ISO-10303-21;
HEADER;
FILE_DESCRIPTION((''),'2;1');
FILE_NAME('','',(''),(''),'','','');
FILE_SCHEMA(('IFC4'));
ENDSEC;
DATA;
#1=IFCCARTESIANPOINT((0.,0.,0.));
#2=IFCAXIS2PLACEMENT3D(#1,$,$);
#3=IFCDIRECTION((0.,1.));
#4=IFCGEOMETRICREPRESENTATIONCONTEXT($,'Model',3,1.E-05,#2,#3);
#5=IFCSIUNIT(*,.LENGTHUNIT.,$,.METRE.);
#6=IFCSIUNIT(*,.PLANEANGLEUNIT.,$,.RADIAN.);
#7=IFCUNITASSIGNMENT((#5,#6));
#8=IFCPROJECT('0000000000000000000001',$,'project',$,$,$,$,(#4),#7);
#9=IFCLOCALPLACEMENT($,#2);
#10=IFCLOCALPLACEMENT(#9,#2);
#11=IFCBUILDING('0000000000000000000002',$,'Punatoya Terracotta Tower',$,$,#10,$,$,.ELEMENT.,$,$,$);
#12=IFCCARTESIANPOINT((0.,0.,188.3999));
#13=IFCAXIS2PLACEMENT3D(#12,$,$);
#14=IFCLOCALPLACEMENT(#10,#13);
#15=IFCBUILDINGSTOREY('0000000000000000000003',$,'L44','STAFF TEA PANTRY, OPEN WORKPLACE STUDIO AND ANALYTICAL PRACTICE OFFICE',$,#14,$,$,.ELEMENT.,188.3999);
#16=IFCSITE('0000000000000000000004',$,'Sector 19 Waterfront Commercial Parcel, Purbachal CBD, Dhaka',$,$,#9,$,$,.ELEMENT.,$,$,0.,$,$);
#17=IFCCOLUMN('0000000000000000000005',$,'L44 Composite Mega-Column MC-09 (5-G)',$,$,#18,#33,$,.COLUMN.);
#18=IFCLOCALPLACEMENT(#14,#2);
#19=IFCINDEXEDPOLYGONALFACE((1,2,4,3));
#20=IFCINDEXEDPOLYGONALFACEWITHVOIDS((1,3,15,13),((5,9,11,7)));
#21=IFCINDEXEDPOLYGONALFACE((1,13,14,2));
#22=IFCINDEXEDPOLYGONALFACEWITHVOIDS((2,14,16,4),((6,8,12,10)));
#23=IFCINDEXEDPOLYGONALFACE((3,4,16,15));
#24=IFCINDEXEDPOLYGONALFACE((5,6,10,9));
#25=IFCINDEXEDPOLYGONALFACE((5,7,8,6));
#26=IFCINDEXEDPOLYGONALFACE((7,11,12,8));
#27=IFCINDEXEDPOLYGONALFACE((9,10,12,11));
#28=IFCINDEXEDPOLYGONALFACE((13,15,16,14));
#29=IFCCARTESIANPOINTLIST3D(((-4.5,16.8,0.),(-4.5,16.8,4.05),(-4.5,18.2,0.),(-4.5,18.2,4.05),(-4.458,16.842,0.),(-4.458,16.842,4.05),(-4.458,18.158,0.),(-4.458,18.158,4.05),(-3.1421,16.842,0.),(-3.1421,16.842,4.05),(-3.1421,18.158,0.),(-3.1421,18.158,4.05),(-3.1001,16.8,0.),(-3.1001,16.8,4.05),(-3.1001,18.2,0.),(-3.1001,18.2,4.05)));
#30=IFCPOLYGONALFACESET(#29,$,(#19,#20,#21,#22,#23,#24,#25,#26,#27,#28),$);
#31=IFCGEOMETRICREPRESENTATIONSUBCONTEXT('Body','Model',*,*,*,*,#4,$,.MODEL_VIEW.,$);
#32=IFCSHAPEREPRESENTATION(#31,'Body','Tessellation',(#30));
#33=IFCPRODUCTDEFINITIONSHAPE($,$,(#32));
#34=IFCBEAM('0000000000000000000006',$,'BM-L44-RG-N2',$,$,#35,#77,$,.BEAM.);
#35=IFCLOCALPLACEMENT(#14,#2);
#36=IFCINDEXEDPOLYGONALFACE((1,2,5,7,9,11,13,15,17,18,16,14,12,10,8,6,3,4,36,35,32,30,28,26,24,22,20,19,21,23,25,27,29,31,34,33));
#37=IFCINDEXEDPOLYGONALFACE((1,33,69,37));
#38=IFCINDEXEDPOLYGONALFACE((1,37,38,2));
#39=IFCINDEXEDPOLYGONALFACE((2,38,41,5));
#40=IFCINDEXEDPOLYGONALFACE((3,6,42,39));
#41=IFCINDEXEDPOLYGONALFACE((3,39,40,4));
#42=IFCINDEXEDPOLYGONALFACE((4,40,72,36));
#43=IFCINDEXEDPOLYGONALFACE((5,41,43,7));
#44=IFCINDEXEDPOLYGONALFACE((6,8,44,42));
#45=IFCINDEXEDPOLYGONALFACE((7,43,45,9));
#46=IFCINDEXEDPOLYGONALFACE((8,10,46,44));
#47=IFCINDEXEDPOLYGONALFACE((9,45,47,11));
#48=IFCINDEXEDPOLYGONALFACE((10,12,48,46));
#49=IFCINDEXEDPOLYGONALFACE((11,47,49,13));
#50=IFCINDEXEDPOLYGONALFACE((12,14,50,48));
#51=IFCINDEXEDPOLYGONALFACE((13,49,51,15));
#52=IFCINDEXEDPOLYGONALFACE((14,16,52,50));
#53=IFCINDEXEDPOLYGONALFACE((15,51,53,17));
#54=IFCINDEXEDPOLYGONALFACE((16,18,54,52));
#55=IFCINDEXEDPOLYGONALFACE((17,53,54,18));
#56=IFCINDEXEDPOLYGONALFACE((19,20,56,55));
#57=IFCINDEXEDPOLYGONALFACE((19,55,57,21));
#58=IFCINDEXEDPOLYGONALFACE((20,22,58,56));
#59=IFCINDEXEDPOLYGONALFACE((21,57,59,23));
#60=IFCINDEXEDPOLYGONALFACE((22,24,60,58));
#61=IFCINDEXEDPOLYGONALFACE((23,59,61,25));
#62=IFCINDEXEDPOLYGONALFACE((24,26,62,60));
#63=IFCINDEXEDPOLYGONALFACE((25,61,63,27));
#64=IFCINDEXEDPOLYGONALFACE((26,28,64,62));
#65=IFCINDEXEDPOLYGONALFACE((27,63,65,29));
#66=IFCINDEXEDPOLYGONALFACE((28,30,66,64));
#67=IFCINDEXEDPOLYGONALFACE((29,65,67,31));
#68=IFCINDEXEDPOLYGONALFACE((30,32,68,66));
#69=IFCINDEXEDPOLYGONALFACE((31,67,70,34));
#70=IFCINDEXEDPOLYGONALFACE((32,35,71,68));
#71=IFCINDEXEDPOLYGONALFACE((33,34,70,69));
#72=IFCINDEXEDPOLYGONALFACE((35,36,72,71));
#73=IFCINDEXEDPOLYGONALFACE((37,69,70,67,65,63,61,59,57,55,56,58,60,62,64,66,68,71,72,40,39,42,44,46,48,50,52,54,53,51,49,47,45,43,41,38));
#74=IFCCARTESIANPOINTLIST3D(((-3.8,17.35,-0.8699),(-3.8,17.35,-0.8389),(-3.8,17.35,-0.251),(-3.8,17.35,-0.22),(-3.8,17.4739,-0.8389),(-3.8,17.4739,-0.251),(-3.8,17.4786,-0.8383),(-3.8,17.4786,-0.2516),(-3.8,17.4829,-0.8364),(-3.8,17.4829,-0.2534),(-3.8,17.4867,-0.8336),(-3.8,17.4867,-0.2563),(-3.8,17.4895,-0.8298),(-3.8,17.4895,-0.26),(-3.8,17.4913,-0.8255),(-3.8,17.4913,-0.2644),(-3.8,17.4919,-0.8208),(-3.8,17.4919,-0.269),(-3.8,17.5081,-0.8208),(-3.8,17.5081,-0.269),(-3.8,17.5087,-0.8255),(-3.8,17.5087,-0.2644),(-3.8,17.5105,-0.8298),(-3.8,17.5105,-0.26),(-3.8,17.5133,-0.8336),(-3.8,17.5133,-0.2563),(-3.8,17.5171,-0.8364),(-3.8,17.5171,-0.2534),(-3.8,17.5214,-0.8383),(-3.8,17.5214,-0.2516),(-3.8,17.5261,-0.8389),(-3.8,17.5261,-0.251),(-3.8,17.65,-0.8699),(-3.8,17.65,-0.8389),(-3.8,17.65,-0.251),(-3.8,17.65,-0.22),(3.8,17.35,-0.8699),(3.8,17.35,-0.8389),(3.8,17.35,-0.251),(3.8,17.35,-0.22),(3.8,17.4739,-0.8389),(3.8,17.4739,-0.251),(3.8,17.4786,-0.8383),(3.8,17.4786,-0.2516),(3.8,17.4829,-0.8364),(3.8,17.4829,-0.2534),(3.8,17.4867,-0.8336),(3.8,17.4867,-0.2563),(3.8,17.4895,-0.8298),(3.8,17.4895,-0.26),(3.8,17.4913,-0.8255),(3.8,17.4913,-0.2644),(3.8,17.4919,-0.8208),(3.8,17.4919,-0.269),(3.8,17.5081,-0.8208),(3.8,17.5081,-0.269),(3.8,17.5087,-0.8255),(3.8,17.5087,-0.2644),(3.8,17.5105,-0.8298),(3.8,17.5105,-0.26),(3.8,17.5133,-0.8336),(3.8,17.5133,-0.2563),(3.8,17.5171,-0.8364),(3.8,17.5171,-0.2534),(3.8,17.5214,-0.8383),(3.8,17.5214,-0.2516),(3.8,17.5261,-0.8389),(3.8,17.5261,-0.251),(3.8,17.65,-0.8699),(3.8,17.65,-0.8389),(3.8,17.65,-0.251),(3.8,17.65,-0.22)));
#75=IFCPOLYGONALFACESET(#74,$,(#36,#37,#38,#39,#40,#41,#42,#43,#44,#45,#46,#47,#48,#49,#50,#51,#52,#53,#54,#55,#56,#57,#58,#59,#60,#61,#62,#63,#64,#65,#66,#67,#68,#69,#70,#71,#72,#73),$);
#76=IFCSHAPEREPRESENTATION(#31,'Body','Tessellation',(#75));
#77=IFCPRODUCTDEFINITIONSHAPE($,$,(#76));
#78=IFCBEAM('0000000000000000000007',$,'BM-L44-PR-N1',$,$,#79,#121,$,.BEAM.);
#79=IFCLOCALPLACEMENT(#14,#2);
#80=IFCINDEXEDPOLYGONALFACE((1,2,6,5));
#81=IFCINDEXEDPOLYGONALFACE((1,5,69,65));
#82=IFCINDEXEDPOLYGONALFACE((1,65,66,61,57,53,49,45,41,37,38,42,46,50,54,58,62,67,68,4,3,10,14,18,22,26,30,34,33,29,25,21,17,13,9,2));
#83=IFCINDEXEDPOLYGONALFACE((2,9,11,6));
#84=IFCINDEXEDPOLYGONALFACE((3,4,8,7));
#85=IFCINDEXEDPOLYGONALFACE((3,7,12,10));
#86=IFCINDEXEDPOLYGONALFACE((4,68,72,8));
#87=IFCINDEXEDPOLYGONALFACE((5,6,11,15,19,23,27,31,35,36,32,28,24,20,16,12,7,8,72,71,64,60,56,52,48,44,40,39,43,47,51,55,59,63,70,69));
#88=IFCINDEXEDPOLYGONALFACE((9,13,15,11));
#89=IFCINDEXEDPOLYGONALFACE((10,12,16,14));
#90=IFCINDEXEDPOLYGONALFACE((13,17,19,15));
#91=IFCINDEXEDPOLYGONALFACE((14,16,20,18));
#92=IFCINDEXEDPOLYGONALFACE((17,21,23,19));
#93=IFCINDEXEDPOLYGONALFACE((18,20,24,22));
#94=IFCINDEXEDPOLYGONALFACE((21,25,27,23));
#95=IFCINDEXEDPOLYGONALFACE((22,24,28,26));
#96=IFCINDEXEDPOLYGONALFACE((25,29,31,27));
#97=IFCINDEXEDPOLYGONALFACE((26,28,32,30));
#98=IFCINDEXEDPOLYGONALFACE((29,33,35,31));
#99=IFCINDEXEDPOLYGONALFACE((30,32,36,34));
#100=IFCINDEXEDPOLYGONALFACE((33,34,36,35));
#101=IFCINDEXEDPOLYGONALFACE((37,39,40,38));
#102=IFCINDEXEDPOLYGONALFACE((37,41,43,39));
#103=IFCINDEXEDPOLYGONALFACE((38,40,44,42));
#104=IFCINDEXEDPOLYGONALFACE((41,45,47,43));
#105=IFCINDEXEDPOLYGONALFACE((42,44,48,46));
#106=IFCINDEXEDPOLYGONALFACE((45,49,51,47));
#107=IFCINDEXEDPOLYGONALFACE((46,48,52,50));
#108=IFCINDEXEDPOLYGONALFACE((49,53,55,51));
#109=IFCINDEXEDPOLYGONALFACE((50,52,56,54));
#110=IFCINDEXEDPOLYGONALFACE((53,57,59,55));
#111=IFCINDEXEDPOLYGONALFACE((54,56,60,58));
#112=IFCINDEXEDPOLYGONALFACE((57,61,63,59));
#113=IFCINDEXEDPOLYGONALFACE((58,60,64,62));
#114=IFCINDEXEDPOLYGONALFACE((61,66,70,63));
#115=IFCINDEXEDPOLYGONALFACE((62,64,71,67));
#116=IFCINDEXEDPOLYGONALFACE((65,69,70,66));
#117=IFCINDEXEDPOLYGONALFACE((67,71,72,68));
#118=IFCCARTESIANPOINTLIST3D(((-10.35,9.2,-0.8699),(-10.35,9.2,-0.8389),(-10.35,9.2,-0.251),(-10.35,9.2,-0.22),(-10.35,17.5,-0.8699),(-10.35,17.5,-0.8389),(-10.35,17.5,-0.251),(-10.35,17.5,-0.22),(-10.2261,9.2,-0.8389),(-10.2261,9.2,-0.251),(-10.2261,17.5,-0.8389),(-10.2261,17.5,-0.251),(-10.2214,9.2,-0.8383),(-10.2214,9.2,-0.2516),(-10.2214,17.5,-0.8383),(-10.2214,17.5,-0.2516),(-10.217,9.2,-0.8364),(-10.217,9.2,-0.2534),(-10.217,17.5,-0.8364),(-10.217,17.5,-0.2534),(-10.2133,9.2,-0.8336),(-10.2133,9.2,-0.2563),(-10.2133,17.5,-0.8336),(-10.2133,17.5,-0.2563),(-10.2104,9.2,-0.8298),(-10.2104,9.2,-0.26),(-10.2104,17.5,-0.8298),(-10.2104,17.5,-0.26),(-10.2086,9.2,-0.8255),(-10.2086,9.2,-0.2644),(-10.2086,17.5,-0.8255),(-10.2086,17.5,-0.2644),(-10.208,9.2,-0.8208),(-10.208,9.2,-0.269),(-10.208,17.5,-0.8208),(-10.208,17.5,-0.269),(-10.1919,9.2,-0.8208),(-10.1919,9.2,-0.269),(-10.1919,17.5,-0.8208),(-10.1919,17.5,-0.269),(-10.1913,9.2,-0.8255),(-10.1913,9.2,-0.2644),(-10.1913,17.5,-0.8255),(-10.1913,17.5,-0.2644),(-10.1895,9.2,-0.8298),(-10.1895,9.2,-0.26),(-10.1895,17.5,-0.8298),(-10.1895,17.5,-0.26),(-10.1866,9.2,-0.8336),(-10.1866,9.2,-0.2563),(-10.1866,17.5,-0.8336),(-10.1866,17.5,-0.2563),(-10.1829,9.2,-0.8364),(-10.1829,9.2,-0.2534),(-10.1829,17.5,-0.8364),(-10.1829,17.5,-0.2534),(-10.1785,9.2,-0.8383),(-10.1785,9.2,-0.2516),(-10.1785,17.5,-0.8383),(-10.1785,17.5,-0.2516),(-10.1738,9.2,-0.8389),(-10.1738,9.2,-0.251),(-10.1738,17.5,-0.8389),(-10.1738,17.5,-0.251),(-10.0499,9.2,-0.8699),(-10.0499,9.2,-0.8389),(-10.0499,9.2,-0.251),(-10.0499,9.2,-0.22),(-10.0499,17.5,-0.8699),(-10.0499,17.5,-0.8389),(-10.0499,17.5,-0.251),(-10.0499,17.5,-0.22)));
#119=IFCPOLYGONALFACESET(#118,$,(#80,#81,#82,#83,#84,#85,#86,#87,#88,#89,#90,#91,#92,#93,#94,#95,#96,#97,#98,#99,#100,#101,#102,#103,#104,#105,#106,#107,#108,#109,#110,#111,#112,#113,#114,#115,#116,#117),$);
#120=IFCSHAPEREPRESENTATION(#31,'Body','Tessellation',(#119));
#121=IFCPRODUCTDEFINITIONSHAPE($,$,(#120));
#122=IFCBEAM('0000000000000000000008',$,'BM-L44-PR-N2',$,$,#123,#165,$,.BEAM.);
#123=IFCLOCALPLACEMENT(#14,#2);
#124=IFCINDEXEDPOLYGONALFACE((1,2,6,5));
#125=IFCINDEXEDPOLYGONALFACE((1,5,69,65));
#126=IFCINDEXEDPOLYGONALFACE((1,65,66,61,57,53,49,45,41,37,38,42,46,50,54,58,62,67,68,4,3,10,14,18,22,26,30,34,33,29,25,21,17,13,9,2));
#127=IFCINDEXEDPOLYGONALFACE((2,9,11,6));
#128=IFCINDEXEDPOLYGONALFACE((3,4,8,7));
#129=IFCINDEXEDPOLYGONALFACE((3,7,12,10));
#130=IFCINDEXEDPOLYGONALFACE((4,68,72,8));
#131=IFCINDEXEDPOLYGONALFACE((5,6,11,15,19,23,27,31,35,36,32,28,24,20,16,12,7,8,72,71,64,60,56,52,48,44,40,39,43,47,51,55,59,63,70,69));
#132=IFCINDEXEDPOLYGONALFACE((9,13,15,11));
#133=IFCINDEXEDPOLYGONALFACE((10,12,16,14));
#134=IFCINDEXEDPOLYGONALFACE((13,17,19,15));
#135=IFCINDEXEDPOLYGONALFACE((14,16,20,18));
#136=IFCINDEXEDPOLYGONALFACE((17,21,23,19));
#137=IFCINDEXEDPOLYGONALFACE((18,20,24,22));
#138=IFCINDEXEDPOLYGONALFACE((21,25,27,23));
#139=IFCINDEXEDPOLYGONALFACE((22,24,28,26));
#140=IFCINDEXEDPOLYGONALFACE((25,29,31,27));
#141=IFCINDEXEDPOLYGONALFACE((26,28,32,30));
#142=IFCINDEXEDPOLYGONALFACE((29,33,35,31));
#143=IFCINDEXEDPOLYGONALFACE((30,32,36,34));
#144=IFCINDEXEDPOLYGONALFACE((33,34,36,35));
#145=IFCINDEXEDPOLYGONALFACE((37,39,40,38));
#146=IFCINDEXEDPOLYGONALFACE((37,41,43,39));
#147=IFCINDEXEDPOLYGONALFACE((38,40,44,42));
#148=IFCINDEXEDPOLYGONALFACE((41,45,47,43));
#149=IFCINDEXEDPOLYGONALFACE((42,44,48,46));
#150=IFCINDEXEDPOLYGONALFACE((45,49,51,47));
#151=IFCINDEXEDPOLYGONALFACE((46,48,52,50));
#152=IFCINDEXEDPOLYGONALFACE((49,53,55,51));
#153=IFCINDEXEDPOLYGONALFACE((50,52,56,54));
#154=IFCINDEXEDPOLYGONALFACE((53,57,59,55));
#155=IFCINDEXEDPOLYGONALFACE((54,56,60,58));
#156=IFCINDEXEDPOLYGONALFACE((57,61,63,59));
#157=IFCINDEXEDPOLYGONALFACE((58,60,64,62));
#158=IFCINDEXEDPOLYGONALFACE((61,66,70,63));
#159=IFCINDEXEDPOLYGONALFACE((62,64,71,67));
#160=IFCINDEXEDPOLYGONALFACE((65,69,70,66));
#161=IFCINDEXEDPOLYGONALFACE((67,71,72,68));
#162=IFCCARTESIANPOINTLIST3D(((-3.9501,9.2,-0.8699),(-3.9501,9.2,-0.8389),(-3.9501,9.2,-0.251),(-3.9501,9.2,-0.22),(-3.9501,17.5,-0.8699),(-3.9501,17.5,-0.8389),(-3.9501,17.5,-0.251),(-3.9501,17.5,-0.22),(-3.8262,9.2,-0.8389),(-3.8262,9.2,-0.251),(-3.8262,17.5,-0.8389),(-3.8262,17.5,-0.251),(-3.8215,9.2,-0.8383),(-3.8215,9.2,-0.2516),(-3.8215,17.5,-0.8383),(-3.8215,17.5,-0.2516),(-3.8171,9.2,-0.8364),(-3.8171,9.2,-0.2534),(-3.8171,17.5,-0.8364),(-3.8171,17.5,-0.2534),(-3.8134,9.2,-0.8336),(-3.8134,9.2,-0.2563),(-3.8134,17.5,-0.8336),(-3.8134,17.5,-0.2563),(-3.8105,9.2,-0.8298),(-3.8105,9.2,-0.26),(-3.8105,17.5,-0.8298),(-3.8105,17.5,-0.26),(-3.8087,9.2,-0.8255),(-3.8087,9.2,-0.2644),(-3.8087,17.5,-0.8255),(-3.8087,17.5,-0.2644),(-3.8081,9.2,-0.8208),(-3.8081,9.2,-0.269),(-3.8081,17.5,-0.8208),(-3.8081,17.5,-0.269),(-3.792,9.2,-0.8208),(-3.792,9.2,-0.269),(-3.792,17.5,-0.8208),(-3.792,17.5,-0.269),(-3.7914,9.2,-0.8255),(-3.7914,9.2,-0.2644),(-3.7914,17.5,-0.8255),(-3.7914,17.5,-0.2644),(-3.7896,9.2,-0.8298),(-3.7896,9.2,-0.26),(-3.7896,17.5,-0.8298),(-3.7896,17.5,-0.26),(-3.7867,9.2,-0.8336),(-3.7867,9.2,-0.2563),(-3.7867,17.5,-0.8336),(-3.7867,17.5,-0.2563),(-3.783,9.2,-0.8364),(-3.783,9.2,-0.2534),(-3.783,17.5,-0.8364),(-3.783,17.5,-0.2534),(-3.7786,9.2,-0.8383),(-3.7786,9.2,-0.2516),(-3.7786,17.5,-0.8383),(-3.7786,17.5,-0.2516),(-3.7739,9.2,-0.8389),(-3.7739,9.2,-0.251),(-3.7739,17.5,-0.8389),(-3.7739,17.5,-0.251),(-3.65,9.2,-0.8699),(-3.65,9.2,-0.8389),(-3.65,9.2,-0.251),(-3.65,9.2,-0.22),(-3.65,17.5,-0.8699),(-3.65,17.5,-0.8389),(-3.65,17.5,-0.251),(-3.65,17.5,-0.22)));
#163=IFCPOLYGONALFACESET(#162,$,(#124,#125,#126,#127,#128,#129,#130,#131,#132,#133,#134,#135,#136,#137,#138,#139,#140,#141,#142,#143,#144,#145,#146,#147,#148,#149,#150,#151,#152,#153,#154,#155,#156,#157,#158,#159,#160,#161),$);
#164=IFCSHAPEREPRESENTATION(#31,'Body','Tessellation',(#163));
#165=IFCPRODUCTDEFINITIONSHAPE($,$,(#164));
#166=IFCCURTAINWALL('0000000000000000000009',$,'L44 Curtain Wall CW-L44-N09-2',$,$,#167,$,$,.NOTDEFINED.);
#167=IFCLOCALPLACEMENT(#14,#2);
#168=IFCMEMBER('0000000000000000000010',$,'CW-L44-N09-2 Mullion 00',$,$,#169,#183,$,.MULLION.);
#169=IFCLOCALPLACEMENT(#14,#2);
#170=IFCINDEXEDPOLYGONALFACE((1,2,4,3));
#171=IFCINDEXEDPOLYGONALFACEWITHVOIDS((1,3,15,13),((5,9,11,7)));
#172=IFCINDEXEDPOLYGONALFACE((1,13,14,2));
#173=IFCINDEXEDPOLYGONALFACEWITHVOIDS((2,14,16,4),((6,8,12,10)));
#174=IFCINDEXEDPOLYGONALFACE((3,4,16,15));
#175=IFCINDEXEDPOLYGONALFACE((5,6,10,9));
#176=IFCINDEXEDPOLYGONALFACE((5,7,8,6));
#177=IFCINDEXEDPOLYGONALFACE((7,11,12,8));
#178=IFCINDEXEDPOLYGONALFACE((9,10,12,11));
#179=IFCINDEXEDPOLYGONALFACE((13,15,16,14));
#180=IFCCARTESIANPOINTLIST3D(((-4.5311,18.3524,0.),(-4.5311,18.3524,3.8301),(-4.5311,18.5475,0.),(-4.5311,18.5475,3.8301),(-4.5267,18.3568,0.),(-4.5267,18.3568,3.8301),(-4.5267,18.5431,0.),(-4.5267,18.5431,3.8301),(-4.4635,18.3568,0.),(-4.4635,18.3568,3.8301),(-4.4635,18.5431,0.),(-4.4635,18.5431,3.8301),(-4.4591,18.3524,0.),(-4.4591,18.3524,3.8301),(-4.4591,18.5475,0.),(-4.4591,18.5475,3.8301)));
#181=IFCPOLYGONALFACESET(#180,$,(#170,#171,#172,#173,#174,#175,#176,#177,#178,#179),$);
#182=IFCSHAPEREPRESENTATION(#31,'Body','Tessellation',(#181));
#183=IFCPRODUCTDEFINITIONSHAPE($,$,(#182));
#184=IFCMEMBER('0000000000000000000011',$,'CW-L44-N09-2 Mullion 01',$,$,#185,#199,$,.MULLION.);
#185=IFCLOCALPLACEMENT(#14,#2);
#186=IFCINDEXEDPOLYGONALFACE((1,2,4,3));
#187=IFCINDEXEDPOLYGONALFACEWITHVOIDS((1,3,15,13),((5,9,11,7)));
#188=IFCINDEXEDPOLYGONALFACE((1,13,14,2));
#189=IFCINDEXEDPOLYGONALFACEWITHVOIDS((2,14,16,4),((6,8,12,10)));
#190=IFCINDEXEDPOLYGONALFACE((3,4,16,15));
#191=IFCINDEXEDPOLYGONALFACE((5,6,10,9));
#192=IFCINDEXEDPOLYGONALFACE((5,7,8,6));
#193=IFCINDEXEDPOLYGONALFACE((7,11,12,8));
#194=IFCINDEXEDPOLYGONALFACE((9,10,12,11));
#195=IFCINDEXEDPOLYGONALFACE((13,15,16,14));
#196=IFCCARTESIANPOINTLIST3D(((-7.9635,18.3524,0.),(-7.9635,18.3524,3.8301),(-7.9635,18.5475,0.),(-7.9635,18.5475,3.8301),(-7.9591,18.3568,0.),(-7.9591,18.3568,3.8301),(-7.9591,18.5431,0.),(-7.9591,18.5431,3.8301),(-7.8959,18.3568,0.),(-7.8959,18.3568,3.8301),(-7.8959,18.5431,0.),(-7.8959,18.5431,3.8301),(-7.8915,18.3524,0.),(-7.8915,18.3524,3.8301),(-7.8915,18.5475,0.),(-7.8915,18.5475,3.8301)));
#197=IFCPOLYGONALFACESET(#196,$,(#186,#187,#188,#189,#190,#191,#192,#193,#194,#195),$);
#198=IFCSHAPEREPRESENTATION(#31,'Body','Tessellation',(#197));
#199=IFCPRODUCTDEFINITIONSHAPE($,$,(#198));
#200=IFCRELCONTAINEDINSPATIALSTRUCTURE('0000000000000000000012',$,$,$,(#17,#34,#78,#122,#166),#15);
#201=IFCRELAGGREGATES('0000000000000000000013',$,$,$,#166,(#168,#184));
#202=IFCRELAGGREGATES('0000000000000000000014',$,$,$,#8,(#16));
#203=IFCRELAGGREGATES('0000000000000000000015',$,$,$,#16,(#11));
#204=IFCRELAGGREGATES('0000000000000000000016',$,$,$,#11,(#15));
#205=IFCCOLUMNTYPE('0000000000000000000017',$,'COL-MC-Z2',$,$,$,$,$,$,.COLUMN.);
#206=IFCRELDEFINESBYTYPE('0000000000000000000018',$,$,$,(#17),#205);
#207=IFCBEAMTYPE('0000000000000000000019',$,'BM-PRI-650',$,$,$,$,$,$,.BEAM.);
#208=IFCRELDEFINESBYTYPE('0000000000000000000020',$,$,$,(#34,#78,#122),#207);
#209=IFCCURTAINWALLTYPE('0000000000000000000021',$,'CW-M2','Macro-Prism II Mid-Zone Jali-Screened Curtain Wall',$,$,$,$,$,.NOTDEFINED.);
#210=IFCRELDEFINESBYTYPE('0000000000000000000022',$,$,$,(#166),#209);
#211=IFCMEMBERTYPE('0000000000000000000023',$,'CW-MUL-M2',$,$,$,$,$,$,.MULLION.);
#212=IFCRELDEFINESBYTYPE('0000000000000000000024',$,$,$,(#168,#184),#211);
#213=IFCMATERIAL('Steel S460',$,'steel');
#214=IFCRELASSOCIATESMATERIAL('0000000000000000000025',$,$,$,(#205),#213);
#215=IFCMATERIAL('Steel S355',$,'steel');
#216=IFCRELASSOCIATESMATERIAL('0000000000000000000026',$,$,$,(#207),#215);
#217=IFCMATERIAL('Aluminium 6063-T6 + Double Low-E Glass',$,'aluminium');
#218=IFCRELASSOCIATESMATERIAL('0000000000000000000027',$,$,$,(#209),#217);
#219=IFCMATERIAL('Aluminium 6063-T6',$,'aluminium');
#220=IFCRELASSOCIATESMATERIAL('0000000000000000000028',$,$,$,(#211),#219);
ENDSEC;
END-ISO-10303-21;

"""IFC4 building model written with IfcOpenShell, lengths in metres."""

from ifc_helpers import new_model, si_unit, direction, frame, origin, origin_2d, place, context, subcontext, project, spatial, hollow_rectangle, i_section, extrude, material, material_profile, profile_set, type_object, element, aggregate, save


model = new_model("IFC4")

# Units and contexts
model_context = context("Model", 3, precision=1e-05, world=origin(), true_north=direction((0.0, 1.0)))
body_context = subcontext(model_context, "Body", "Model", "MODEL_VIEW")
ifc_project = project(units=[si_unit("LENGTHUNIT", "METRE"), si_unit("PLANEANGLEUNIT", "RADIAN")], contexts=[model_context])

# Site, building, storey
site_placement = place(None, origin())
site = spatial("IfcSite", under=ifc_project, at=site_placement, Name="Sector 19 Waterfront Commercial Parcel, Purbachal CBD, Dhaka", CompositionType="ELEMENT", RefElevation=0.0)
building_placement = place(site_placement, origin())
building = spatial("IfcBuilding", under=site, at=building_placement, Name="Punatoya Terracotta Tower", CompositionType="ELEMENT")
storey_placement = place(building_placement, frame((0.0, 0.0, 188.3999)))
storey = spatial("IfcBuildingStorey", under=building, at=storey_placement, Name="L44", Description="STAFF TEA PANTRY, OPEN WORKPLACE STUDIO AND ANALYTICAL PRACTICE OFFICE", CompositionType="ELEMENT", Elevation=188.3999)

# Column
ifc_material_1 = material(Name="Steel S460", Category="steel")
ifc_material_profile_1 = material_profile(ifc_material_1, hollow_rectangle(XDim=1.3999, YDim=1.3999, WallThickness=0.042, at=origin_2d()))
ifc_profile_set_1 = profile_set([ifc_material_profile_1], Name="Steel S460")
column_type = type_object("IfcColumnType", Name="COL-MC-Z2", PredefinedType="COLUMN", material=ifc_profile_set_1)
column_placement = place(storey_placement, frame((-3.8, 17.5, 0.0), z_axis=(0.0, 0.0, 1.0), x_axis=(1.0, 0.0, 0.0)))
element("IfcColumn", 1, at=column_placement, inside=storey, type_object=column_type, Name="L44 Composite Mega-Column MC-09 (5-G)", PredefinedType="COLUMN", context=body_context, shape_type="SweptSolid", body=[
    extrude(hollow_rectangle(XDim=1.3999, YDim=1.3999, WallThickness=0.042, at=origin_2d()), origin(), (0.0, 0.0, 1.0), 4.05),
])

# Beams
ifc_material_2 = material(Name="Steel S355", Category="steel")
ifc_material_profile_2 = material_profile(ifc_material_2, i_section(OverallWidth=0.3, OverallDepth=0.6499, WebThickness=0.0161, FlangeThickness=0.031, FilletRadius=0.0181, at=origin_2d()))
ifc_profile_set_2 = profile_set([ifc_material_profile_2], Name="Steel S355")
beam_type = type_object("IfcBeamType", Name="BM-PRI-650", PredefinedType="BEAM", material=ifc_profile_set_2)
beam_placement = place(storey_placement, frame((-3.8, 17.5, -0.5449), z_axis=(1.0, 0.0, 0.0), x_axis=(0.0, 1.0, 0.0)))
element("IfcBeam", 2, at=beam_placement, inside=storey, type_object=beam_type, Name="BM-L44-RG-N2", PredefinedType="BEAM", context=body_context, shape_type="SweptSolid", body=[
    extrude(i_section(OverallWidth=0.3, OverallDepth=0.6499, WebThickness=0.0161, FlangeThickness=0.031, FilletRadius=0.0181, at=origin_2d()), origin(), (0.0, 0.0, 1.0), 7.6001),
])
for number, where, z_axis, x_axis, name in (
    (3, (-10.2, 9.2, -0.5449), (0.0, 1.0, 0.0), (-1.0, 0.0, 0.0), "BM-L44-PR-N1"),
    (4, (-3.8, 9.2, -0.5449), (0.0, 1.0, 0.0), (-1.0, 0.0, 0.0), "BM-L44-PR-N2"),
):
    element("IfcBeam", number, at=place(storey_placement, frame(where, z_axis=z_axis, x_axis=x_axis)), inside=storey, type_object=beam_type, Name=name, PredefinedType="BEAM", context=body_context, shape_type="SweptSolid", body=[
        extrude(i_section(OverallWidth=0.3, OverallDepth=0.6499, WebThickness=0.0161, FlangeThickness=0.031, FilletRadius=0.0181, at=origin_2d()), origin(), (0.0, 0.0, 1.0), 8.3),
    ])

# Curtain wall, members
ifc_material_3 = material(Name="Aluminium 6063-T6 + Double Low-E Glass", Category="aluminium")
curtain_wall_type = type_object("IfcCurtainWallType", Name="CW-M2", Description="Macro-Prism II Mid-Zone Jali-Screened Curtain Wall", PredefinedType="NOTDEFINED", material=ifc_material_3)
curtain_wall_placement = place(storey_placement, origin())
curtain_wall = element("IfcCurtainWall", 5, at=curtain_wall_placement, inside=storey, type_object=curtain_wall_type, Name="L44 Curtain Wall CW-L44-N09-2", PredefinedType="NOTDEFINED")
ifc_material_4 = material(Name="Aluminium 6063-T6", Category="aluminium")
ifc_material_profile_3 = material_profile(ifc_material_4, hollow_rectangle(XDim=0.072, YDim=0.1951, WallThickness=0.0044, at=origin_2d()))
ifc_profile_set_3 = profile_set([ifc_material_profile_3], Name="Aluminium 6063-T6")
member_type_1 = type_object("IfcMemberType", Name="CW-MUL-M2", PredefinedType="MULLION", material=ifc_profile_set_3)
member_1_placement = place(storey_placement, frame((-4.4951, 18.45, 0.0), z_axis=(0.0, 0.0, 1.0), x_axis=(1.0, 0.0, 0.0)))
member_1 = element("IfcMember", 6, at=member_1_placement, type_object=member_type_1, Name="CW-L44-N09-2 Mullion 00", PredefinedType="MULLION", context=body_context, shape_type="SweptSolid", body=[
    extrude(hollow_rectangle(XDim=0.072, YDim=0.1951, WallThickness=0.0044, at=origin_2d()), origin(), (0.0, 0.0, 1.0), 3.8301),
])
member_2_placement = place(storey_placement, frame((-7.9275, 18.45, 0.0), z_axis=(0.0, 0.0, 1.0), x_axis=(1.0, 0.0, 0.0)))
member_2 = element("IfcMember", 7, at=member_2_placement, type_object=member_type_1, Name="CW-L44-N09-2 Mullion 01", PredefinedType="MULLION", context=body_context, shape_type="SweptSolid", body=[
    extrude(hollow_rectangle(XDim=0.072, YDim=0.1951, WallThickness=0.0044, at=origin_2d()), origin(), (0.0, 0.0, 1.0), 3.8301),
])

aggregate(curtain_wall, [member_1, member_2])

save(model, "model.ifc")
